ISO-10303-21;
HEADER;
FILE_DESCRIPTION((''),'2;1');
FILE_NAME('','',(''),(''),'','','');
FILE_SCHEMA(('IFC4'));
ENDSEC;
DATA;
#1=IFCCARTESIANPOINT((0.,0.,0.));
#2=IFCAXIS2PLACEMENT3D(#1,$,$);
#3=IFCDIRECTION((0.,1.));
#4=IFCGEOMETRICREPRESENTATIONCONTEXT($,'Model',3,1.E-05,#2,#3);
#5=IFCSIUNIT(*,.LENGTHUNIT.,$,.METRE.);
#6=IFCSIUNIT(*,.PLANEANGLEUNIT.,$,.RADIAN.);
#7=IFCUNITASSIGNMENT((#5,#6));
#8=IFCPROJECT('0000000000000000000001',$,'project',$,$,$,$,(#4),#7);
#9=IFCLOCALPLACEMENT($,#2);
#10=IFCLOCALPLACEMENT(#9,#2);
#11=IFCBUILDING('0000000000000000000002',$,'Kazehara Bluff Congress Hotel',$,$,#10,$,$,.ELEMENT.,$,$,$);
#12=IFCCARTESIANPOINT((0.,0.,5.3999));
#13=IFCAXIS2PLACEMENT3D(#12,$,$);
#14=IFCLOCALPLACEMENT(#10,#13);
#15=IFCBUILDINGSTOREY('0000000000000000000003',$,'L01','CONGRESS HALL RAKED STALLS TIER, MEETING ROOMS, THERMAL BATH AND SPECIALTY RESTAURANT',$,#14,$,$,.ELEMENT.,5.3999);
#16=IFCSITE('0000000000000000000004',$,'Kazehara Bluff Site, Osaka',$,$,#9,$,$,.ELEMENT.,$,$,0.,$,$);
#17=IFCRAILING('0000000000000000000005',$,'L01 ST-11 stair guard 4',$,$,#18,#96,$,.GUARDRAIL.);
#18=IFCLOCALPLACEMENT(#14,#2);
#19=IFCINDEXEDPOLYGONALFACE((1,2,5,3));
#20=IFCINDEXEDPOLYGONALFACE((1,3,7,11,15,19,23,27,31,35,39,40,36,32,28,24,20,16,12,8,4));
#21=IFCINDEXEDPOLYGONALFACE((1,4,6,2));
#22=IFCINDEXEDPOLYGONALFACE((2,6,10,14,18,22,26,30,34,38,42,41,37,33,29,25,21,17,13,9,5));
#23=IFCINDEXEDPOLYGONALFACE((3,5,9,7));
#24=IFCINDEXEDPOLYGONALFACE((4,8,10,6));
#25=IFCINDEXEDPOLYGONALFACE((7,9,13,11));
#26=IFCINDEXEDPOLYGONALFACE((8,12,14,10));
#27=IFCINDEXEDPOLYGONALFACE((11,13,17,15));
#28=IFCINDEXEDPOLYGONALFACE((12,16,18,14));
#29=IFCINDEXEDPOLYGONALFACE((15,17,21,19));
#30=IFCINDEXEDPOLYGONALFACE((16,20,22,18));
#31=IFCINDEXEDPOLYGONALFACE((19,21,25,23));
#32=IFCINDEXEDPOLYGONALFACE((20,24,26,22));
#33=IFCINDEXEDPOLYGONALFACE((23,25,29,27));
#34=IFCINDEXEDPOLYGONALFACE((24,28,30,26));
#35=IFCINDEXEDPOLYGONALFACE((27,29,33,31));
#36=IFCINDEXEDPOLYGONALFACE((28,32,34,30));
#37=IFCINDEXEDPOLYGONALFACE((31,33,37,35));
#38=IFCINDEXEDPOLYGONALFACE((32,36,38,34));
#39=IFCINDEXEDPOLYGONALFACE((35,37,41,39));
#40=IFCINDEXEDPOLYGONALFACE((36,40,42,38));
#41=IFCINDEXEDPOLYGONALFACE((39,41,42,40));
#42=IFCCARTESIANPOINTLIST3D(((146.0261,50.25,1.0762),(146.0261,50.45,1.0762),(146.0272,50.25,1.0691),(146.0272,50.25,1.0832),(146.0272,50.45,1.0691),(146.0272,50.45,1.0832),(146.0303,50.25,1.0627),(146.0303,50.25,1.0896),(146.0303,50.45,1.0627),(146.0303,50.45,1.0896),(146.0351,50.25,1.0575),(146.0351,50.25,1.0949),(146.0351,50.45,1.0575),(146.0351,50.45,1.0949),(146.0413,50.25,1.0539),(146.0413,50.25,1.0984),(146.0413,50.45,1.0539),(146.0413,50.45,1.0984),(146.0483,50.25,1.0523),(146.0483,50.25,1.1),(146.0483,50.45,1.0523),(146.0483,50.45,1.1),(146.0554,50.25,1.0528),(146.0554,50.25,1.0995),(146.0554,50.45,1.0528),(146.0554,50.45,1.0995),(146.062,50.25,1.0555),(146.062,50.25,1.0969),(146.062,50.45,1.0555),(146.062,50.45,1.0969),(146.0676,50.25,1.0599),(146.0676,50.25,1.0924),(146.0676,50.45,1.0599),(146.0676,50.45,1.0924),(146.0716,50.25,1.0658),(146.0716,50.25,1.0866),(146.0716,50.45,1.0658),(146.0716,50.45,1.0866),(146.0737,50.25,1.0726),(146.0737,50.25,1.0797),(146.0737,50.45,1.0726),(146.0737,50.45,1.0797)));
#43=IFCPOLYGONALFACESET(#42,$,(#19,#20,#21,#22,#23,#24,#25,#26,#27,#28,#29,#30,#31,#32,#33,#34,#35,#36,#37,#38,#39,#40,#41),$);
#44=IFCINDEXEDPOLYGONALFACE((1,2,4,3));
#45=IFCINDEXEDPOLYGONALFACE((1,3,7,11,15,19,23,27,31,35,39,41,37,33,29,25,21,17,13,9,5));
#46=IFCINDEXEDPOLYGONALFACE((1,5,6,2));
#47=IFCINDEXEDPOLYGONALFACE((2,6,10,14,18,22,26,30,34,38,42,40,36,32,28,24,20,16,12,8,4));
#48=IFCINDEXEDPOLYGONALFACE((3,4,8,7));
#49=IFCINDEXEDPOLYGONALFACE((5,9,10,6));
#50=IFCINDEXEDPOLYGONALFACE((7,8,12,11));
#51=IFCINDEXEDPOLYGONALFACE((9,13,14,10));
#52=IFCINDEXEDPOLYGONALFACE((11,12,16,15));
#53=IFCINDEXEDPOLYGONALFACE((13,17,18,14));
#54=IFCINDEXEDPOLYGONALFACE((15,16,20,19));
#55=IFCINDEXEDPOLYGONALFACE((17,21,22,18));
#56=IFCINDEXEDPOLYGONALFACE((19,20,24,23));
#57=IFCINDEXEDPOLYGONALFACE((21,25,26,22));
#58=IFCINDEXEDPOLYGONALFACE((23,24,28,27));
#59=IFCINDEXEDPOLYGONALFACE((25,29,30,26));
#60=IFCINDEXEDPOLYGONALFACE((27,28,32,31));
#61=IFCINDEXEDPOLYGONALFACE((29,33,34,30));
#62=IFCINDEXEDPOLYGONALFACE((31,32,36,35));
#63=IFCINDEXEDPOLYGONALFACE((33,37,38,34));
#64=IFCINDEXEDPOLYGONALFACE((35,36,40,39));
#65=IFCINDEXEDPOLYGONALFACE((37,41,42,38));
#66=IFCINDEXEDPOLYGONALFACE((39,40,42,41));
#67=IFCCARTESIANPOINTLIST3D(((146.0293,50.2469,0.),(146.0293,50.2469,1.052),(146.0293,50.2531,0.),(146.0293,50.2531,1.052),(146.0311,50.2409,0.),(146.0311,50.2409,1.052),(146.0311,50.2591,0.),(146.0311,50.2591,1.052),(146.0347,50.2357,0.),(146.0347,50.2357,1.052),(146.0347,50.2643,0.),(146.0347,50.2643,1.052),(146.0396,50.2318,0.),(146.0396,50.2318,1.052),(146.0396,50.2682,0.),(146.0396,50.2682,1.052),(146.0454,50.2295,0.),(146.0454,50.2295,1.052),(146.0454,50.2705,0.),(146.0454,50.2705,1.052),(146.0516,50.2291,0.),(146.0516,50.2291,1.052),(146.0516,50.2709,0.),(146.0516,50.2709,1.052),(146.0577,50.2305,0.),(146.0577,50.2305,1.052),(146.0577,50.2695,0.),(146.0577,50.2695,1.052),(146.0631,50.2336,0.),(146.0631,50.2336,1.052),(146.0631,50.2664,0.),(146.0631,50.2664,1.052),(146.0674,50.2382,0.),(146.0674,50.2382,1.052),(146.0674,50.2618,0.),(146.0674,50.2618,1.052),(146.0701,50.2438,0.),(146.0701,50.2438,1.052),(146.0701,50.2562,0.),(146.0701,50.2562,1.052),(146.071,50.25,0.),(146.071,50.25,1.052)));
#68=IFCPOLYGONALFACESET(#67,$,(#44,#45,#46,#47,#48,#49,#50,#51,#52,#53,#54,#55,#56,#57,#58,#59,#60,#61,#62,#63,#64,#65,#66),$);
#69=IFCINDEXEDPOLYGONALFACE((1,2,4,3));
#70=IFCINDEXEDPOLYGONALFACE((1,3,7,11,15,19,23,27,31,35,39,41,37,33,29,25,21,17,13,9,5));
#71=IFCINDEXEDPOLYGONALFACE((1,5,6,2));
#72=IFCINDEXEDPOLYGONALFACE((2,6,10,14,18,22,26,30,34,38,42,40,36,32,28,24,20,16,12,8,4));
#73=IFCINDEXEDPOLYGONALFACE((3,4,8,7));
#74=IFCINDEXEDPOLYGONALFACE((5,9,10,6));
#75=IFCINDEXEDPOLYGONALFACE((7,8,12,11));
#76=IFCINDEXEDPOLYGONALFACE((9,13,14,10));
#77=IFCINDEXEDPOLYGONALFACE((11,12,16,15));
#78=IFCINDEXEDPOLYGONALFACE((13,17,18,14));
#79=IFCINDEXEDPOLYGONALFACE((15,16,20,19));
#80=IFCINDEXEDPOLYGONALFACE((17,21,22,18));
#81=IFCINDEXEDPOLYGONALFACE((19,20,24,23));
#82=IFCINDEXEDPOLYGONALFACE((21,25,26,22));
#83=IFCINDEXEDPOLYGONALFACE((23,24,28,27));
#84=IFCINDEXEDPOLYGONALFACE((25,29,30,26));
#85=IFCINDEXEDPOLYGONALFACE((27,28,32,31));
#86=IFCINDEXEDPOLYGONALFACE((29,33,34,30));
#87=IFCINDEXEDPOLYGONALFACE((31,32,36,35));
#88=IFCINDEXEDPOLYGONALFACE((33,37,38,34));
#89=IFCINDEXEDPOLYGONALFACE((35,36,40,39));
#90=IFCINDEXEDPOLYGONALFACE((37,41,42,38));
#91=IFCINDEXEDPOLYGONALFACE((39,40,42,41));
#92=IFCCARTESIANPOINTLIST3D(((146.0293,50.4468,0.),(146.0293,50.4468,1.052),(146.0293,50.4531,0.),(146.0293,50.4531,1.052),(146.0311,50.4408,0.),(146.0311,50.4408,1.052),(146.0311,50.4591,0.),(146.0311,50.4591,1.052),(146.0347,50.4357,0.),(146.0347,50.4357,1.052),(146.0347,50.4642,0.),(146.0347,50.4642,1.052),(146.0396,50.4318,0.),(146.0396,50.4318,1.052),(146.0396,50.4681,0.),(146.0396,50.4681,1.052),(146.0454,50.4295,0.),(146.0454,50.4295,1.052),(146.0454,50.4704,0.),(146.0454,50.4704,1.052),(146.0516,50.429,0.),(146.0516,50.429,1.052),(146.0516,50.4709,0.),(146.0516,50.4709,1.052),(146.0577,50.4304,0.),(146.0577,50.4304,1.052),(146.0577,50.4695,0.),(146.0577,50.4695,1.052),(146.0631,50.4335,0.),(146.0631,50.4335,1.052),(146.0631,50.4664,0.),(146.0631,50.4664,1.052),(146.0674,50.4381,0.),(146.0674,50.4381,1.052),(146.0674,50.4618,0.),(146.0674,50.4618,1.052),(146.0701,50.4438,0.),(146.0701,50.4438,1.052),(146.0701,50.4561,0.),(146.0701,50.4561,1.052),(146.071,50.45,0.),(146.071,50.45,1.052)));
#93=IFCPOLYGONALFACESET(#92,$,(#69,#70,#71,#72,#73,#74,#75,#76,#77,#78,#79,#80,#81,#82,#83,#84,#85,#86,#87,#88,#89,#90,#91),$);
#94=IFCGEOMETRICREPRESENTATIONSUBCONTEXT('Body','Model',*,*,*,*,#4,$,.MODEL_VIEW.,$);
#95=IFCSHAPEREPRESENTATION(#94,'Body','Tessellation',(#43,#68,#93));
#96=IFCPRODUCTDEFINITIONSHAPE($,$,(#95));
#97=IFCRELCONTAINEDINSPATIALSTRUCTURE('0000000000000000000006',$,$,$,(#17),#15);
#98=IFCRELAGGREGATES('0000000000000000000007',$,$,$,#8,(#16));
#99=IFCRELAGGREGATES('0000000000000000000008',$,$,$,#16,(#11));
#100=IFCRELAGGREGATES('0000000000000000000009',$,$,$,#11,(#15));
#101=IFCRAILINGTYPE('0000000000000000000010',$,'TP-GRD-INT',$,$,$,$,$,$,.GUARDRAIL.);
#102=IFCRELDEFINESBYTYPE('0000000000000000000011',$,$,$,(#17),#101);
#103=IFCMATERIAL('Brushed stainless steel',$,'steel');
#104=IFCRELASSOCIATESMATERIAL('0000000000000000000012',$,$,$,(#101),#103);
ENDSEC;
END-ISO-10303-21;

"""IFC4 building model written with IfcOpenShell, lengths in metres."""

from ifc_helpers import new_model, si_unit, direction, frame, origin, origin_2d, place, context, subcontext, project, spatial, circle, extrude, material, type_object, element, save


model = new_model("IFC4")

# Units and contexts
model_context = context("Model", 3, precision=1e-05, world=origin(), true_north=direction((0.0, 1.0)))
body_context = subcontext(model_context, "Body", "Model", "MODEL_VIEW")
ifc_project = project(units=[si_unit("LENGTHUNIT", "METRE"), si_unit("PLANEANGLEUNIT", "RADIAN")], contexts=[model_context])

# Site, building, storey
site_placement = place(None, origin())
site = spatial("IfcSite", under=ifc_project, at=site_placement, Name="Kazehara Bluff Site, Osaka", CompositionType="ELEMENT", RefElevation=0.0)
building_placement = place(site_placement, origin())
building = spatial("IfcBuilding", under=site, at=building_placement, Name="Kazehara Bluff Congress Hotel", CompositionType="ELEMENT")
storey_placement = place(building_placement, frame((0.0, 0.0, 5.3999)))
storey = spatial("IfcBuildingStorey", under=building, at=storey_placement, Name="L01", Description="CONGRESS HALL RAKED STALLS TIER, MEETING ROOMS, THERMAL BATH AND SPECIALTY RESTAURANT", CompositionType="ELEMENT", Elevation=5.3999)

# Railing
ifc_material_1 = material(Name="Brushed stainless steel", Category="steel")
railing_type_1 = type_object("IfcRailingType", Name="TP-GRD-INT", PredefinedType="GUARDRAIL", material=ifc_material_1)
railing_1_placement = place(storey_placement, frame((146.05, 50.25, 0.0)))
element("IfcRailing", 1, at=railing_1_placement, inside=storey, type_object=railing_type_1, Name="L01 ST-11 stair guard 4", PredefinedType="GUARDRAIL", context=body_context, shape_type="SweptSolid", body=[
    extrude(circle(Radius=0.0239, at=origin_2d()), frame((0.0, 0.0, 1.0762), z_axis=(0.0, 1.0, 0.0), x_axis=(-1.0, 0.0, 0.0)), (0.0, 0.0, 1.0), 0.2),
    extrude(circle(Radius=0.021, at=origin_2d()), origin(), (0.0, 0.0, 1.0), 1.052),
    extrude(circle(Radius=0.021, at=origin_2d()), frame((0.0, 0.2, 0.0)), (0.0, 0.0, 1.0), 1.052),
])

save(model, "model.ifc")
